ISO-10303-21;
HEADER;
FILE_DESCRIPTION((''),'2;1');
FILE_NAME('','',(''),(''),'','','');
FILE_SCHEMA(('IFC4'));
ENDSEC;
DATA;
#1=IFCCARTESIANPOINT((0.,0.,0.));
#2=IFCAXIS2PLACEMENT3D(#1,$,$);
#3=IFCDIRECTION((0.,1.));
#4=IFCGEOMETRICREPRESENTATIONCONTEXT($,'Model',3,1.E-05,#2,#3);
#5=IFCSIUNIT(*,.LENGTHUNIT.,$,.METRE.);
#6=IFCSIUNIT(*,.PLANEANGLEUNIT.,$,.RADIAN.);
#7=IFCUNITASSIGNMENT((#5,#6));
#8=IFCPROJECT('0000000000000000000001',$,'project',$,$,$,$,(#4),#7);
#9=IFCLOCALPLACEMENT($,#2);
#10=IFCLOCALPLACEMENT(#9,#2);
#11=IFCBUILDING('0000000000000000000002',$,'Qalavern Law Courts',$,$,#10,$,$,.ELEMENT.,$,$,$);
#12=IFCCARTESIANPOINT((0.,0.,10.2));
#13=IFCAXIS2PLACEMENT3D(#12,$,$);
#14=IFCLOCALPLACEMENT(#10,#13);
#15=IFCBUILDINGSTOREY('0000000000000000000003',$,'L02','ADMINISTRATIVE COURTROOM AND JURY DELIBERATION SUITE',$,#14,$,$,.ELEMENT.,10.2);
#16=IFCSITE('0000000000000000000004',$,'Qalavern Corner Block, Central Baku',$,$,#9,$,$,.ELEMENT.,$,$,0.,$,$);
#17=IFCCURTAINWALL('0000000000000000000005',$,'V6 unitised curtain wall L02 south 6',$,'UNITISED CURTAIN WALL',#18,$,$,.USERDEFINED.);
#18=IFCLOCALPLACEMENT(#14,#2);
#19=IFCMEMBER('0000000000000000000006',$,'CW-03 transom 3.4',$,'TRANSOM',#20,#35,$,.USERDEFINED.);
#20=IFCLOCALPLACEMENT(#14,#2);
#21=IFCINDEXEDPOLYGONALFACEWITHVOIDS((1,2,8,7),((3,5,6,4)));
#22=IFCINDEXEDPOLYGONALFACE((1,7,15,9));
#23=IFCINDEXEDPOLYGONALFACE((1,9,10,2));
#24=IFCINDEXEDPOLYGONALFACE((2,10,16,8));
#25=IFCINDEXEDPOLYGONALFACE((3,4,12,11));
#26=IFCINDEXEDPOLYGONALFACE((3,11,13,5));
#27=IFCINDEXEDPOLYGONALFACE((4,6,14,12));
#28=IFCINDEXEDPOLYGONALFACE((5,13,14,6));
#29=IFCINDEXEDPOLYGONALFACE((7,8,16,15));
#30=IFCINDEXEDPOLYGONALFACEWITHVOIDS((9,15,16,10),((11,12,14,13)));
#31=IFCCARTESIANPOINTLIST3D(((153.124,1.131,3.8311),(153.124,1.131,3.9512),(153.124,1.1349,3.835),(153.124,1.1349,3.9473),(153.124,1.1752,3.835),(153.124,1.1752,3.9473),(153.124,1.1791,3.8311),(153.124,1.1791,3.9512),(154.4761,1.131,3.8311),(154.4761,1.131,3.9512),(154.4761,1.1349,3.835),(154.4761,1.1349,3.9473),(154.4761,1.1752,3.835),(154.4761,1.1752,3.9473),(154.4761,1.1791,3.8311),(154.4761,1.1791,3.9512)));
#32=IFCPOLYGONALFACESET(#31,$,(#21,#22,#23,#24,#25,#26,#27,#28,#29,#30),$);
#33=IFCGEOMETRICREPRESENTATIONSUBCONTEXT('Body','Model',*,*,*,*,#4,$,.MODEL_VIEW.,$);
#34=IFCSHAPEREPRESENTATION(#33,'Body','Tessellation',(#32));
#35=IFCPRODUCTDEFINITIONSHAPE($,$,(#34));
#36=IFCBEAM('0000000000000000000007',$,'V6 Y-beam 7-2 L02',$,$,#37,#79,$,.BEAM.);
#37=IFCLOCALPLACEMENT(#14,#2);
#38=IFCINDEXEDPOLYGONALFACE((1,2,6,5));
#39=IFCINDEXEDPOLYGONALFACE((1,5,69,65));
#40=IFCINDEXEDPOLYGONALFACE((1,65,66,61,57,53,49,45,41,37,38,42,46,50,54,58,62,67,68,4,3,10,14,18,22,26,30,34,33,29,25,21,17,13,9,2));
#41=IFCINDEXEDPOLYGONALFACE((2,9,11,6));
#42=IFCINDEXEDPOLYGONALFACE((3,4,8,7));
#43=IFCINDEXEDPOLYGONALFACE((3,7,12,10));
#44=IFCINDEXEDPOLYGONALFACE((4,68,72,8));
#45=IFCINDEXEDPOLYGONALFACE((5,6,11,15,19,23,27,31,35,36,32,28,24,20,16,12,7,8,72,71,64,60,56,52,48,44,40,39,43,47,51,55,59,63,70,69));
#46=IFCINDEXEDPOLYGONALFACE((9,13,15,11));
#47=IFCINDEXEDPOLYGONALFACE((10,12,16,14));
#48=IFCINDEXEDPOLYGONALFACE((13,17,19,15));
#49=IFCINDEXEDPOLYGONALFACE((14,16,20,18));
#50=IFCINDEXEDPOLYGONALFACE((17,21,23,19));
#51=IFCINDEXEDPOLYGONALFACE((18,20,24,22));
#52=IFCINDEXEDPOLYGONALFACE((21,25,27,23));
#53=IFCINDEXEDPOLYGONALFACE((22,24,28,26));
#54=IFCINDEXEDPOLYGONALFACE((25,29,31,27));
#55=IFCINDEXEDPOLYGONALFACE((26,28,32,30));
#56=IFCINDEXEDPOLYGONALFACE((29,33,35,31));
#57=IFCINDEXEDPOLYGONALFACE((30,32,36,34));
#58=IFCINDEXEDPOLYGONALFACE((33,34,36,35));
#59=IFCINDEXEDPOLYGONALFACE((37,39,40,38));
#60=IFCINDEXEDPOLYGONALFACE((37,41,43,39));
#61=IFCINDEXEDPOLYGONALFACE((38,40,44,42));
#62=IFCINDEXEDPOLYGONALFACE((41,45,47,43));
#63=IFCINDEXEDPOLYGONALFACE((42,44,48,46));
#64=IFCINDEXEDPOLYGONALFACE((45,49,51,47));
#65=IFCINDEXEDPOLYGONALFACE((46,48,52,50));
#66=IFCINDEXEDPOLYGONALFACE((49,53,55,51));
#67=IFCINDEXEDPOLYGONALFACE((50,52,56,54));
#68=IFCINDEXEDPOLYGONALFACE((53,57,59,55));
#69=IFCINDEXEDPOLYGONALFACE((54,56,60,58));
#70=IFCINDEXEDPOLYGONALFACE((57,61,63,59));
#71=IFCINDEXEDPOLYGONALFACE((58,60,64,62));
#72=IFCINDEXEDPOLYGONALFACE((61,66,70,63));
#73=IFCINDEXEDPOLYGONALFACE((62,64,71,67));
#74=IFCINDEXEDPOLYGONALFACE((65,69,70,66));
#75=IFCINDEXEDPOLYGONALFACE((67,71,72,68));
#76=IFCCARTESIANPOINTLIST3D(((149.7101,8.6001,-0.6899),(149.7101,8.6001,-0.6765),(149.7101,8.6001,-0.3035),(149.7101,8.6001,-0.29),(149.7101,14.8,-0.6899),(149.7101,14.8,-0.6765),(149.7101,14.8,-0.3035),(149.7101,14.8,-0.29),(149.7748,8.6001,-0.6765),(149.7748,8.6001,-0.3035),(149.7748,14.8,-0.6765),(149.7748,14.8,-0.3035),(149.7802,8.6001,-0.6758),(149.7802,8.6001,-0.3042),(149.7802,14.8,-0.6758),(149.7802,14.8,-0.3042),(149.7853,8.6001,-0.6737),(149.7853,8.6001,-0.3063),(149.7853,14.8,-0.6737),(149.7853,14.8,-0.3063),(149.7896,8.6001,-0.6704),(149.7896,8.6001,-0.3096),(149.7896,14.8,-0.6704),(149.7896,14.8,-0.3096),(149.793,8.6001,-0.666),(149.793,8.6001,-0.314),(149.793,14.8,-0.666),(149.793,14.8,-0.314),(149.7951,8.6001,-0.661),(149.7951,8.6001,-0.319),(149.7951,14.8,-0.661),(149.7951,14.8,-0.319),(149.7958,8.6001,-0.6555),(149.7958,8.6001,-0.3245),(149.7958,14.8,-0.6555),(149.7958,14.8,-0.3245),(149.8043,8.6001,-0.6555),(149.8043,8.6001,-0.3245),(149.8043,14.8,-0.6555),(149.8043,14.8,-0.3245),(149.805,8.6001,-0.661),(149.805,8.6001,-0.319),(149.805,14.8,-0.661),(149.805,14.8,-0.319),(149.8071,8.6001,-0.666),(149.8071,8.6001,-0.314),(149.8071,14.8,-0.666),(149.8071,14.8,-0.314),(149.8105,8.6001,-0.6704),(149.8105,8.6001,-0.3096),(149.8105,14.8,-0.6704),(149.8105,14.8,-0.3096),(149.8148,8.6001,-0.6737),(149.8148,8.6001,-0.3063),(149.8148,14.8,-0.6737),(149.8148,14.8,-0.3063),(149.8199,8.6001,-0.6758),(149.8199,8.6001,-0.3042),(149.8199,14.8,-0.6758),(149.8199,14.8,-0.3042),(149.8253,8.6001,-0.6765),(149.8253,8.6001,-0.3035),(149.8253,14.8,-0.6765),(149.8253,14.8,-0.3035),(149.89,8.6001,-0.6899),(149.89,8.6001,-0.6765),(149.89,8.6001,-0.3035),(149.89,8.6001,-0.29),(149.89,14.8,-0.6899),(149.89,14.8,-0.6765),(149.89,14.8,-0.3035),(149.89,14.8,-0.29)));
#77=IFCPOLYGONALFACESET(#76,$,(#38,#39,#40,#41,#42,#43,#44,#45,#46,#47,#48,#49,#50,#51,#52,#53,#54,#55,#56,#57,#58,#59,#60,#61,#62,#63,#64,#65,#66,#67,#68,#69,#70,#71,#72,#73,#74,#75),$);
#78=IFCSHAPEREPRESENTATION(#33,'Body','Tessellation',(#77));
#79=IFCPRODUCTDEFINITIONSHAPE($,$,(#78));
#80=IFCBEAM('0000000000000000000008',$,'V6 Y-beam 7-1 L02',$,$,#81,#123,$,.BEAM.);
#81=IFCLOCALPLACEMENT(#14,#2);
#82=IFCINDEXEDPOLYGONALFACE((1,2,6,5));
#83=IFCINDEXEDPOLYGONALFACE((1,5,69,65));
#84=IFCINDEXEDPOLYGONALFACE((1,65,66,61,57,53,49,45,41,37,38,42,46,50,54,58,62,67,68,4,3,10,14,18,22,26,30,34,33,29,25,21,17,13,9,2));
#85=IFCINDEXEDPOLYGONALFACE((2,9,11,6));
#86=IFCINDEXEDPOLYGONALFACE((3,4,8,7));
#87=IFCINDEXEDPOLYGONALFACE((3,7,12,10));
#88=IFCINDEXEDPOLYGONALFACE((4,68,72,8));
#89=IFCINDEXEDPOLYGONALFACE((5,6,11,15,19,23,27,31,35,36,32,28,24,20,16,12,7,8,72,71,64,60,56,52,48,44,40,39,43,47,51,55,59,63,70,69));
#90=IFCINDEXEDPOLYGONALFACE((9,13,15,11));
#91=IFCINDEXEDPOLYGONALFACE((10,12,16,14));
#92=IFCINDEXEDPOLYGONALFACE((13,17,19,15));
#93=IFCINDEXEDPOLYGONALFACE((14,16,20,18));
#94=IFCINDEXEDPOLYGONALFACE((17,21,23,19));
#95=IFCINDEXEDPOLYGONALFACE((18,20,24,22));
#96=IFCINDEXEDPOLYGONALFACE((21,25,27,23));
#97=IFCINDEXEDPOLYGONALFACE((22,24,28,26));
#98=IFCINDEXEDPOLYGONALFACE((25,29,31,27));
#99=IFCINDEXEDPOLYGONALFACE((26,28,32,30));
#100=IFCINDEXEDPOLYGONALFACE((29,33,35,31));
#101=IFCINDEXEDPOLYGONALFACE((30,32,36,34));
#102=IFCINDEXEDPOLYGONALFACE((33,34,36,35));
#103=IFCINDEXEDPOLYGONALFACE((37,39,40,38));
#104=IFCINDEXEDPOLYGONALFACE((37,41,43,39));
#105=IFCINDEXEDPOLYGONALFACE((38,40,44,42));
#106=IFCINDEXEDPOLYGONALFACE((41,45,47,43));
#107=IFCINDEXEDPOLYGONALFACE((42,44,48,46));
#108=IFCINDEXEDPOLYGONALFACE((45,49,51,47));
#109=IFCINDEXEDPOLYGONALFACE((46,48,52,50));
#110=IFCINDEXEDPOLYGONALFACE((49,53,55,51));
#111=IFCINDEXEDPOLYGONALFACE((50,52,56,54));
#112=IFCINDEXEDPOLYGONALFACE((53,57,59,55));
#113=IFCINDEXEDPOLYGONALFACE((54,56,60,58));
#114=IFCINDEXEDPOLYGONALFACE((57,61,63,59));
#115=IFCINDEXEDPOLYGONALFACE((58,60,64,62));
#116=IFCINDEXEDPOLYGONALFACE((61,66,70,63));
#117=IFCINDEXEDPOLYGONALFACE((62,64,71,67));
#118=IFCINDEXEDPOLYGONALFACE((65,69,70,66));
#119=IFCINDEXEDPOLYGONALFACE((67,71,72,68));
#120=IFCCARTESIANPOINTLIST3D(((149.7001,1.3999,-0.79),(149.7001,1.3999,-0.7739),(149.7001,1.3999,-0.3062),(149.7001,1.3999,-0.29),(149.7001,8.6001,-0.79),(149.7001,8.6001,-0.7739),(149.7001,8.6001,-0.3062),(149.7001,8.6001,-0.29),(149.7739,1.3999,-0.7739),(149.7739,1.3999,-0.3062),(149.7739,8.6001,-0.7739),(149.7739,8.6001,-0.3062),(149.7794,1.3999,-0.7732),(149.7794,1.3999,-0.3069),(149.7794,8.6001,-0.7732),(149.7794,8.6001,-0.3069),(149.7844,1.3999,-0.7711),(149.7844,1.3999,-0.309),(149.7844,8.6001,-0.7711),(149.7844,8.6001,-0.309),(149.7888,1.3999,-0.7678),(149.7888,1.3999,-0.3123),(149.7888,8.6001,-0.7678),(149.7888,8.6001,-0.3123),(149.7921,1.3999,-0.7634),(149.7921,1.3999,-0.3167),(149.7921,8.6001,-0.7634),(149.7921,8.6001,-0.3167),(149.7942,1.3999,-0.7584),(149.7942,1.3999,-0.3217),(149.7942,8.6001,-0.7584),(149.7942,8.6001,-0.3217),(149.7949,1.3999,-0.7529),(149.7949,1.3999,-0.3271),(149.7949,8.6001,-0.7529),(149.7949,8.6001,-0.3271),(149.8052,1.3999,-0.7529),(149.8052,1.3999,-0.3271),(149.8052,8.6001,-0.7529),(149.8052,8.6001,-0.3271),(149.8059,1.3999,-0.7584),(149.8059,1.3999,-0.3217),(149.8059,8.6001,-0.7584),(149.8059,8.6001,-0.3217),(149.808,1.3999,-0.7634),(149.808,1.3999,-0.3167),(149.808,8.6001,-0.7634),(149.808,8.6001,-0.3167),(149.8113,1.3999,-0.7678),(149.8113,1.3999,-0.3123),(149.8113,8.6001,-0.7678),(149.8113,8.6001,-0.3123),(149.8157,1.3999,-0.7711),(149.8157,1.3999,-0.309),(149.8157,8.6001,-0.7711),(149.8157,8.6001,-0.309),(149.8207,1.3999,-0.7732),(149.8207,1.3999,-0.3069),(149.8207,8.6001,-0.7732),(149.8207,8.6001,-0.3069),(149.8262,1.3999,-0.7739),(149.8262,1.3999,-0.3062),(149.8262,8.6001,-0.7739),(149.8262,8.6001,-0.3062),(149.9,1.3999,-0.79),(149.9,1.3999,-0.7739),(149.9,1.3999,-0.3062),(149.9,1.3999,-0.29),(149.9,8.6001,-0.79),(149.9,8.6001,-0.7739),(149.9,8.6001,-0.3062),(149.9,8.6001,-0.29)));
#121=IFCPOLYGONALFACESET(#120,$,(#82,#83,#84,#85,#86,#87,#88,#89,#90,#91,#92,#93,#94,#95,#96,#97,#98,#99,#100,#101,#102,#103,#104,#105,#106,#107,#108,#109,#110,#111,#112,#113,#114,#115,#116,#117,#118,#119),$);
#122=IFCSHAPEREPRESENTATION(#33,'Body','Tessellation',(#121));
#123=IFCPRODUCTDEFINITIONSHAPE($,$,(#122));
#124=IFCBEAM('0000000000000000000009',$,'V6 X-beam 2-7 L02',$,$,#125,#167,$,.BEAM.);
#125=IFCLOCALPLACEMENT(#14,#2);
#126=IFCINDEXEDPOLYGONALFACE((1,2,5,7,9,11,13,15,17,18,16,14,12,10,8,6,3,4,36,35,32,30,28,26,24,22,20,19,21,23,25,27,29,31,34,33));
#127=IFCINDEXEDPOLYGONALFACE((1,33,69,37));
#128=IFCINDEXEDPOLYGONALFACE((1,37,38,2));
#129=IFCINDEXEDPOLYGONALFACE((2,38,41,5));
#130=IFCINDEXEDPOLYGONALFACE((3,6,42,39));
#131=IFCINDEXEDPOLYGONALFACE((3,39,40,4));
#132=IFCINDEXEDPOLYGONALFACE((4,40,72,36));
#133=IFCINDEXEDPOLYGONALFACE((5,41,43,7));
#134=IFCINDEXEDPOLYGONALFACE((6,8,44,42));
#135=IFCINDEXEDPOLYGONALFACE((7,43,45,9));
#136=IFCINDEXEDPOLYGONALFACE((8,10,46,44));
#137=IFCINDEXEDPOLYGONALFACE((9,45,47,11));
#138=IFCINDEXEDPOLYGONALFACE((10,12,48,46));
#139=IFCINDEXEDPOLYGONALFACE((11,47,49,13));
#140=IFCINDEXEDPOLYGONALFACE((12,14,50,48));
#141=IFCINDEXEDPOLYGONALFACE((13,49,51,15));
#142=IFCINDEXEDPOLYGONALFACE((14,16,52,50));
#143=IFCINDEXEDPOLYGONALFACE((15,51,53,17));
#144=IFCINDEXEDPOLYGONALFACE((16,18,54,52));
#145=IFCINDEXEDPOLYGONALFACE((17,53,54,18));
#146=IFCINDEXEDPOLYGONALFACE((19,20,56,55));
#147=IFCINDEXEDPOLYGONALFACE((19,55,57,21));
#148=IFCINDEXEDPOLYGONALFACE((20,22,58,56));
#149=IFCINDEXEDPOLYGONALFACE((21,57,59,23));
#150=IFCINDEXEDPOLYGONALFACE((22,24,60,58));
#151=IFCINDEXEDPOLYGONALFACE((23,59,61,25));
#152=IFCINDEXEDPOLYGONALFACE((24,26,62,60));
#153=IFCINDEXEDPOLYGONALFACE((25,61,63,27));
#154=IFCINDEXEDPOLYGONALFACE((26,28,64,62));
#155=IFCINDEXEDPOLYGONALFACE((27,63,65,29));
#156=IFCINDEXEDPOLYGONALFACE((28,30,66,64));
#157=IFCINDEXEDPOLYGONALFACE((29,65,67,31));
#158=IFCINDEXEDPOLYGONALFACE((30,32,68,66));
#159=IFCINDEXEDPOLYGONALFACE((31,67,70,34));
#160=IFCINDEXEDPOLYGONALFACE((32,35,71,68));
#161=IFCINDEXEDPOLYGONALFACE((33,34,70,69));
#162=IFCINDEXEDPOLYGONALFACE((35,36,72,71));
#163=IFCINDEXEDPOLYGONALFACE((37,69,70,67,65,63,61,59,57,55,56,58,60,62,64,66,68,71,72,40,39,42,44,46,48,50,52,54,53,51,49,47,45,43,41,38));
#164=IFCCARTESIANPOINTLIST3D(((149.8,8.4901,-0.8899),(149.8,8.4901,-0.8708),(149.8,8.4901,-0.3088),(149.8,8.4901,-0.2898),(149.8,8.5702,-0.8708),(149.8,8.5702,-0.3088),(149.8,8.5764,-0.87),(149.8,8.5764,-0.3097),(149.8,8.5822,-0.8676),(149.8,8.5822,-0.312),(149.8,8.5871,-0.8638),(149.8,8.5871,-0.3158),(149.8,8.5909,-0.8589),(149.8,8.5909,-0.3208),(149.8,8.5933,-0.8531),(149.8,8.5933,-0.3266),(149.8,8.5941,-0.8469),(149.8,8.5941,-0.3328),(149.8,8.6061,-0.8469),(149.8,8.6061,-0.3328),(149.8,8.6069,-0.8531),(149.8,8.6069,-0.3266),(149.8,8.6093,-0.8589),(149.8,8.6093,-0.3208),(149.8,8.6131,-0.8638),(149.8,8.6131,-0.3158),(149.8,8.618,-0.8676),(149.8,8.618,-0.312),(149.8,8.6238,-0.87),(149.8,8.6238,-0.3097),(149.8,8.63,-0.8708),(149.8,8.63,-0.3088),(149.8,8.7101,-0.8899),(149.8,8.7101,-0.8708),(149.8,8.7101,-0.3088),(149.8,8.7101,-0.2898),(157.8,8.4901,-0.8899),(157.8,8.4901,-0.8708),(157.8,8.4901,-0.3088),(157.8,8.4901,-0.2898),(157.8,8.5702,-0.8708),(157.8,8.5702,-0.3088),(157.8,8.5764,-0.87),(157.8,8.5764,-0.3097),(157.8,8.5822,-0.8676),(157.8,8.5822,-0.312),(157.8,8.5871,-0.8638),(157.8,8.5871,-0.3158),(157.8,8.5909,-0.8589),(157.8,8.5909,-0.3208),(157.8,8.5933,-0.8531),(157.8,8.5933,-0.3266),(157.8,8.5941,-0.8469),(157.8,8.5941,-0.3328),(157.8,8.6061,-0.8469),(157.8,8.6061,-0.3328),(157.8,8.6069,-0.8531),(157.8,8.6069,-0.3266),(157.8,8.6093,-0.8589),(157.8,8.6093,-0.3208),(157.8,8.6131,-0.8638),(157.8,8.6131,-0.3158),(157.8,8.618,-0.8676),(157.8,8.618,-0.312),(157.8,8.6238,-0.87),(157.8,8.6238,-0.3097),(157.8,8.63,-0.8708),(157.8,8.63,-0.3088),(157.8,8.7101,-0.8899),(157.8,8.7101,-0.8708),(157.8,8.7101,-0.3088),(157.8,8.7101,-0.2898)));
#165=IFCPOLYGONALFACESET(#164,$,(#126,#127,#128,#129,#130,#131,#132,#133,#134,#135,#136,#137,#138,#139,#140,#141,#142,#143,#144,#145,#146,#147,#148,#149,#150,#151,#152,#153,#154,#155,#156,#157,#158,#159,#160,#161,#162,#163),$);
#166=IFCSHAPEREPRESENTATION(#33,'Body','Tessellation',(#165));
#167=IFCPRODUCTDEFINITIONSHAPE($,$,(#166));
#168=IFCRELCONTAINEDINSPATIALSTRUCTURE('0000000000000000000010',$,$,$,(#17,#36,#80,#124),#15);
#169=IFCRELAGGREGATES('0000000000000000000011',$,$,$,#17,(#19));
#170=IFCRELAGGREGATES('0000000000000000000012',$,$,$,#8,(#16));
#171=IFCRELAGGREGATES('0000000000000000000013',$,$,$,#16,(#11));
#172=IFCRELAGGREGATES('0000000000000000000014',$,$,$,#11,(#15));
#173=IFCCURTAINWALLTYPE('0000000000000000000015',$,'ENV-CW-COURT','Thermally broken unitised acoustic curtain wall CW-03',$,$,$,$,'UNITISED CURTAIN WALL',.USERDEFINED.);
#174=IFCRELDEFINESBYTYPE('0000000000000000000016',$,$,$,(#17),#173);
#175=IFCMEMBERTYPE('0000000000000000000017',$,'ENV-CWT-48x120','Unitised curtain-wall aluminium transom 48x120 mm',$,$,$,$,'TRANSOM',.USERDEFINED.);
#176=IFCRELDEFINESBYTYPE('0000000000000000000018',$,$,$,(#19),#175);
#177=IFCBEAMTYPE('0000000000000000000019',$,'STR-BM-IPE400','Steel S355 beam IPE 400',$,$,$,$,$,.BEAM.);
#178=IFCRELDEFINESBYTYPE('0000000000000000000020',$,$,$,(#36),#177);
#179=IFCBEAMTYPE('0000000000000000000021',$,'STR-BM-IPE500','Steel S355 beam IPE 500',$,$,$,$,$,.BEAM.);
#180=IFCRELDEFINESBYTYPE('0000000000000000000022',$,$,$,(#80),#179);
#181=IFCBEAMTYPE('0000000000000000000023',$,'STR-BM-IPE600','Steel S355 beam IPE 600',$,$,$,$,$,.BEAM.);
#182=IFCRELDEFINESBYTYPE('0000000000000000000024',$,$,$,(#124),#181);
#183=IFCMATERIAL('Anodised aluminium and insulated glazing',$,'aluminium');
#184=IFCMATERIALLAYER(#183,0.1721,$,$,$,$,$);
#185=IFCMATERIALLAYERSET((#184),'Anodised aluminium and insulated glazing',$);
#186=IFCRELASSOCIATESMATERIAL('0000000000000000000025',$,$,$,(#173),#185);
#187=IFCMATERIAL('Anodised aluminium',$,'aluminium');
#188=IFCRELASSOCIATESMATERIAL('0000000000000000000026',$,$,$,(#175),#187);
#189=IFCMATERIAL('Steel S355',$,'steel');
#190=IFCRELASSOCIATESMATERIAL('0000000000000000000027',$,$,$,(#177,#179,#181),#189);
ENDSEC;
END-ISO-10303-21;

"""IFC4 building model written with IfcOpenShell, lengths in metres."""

from ifc_helpers import new_model, si_unit, direction, frame, origin, origin_2d, place, context, subcontext, project, spatial, hollow_rectangle, i_section, extrude, material, layer, layer_set, material_profile, profile_set, type_object, element, aggregate, save


model = new_model("IFC4")

# Units and contexts
model_context = context("Model", 3, precision=1e-05, world=origin(), true_north=direction((0.0, 1.0)))
body_context = subcontext(model_context, "Body", "Model", "MODEL_VIEW")
ifc_project = project(units=[si_unit("LENGTHUNIT", "METRE"), si_unit("PLANEANGLEUNIT", "RADIAN")], contexts=[model_context])

# Site, building, storey
site_placement = place(None, origin())
site = spatial("IfcSite", under=ifc_project, at=site_placement, Name="Qalavern Corner Block, Central Baku", CompositionType="ELEMENT", RefElevation=0.0)
building_placement = place(site_placement, origin())
building = spatial("IfcBuilding", under=site, at=building_placement, Name="Qalavern Law Courts", CompositionType="ELEMENT")
storey_placement = place(building_placement, frame((0.0, 0.0, 10.2)))
storey = spatial("IfcBuildingStorey", under=building, at=storey_placement, Name="L02", Description="ADMINISTRATIVE COURTROOM AND JURY DELIBERATION SUITE", CompositionType="ELEMENT", Elevation=10.2)

# Curtain wall, member
ifc_material_1 = material(Name="Anodised aluminium and insulated glazing", Category="aluminium")
ifc_layer_1 = layer(ifc_material_1, 0.1721)
ifc_layer_set_1 = layer_set([ifc_layer_1], Name="Anodised aluminium and insulated glazing")
curtain_wall_type = type_object("IfcCurtainWallType", Name="ENV-CW-COURT", Description="Thermally broken unitised acoustic curtain wall CW-03", ElementType="UNITISED CURTAIN WALL", PredefinedType="USERDEFINED", material=ifc_layer_set_1)
curtain_wall_placement = place(storey_placement, origin())
curtain_wall = element("IfcCurtainWall", 1, at=curtain_wall_placement, inside=storey, type_object=curtain_wall_type, Name="V6 unitised curtain wall L02 south 6", ObjectType="UNITISED CURTAIN WALL", PredefinedType="USERDEFINED")
ifc_material_2 = material(Name="Anodised aluminium", Category="aluminium")
ifc_material_profile_1 = material_profile(ifc_material_2, hollow_rectangle(XDim=0.0481, YDim=0.1201, WallThickness=0.0039, at=origin_2d()), Name="ALU TRANSOM 48x120")
ifc_profile_set_1 = profile_set([ifc_material_profile_1], Name="Anodised aluminium")
member_type_1 = type_object("IfcMemberType", Name="ENV-CWT-48x120", Description="Unitised curtain-wall aluminium transom 48x120 mm", ElementType="TRANSOM", PredefinedType="USERDEFINED", material=ifc_profile_set_1)
member_1_placement = place(storey_placement, frame((153.124, 1.155, 3.8911), z_axis=(1.0, 0.0, 0.0), x_axis=(0.0, 1.0, 0.0)))
member_1 = element("IfcMember", 2, at=member_1_placement, type_object=member_type_1, Name="CW-03 transom 3.4", ObjectType="TRANSOM", PredefinedType="USERDEFINED", context=body_context, shape_type="SweptSolid", body=[
    extrude(hollow_rectangle(XDim=0.0481, YDim=0.1201, WallThickness=0.0039, at=origin_2d()), origin(), (0.0, 0.0, 1.0), 1.3521),
])

# Beams
ifc_material_3 = material(Name="Steel S355", Category="steel")
ifc_material_profile_2 = material_profile(ifc_material_3, i_section(OverallWidth=0.1799, OverallDepth=0.3999, WebThickness=0.0085, FlangeThickness=0.0134, FilletRadius=0.021, at=origin_2d()), Name="IPE 400")
ifc_profile_set_2 = profile_set([ifc_material_profile_2], Name="Steel S355")
beam_type_1 = type_object("IfcBeamType", Name="STR-BM-IPE400", Description="Steel S355 beam IPE 400", PredefinedType="BEAM", material=ifc_profile_set_2)
beam_1_placement = place(storey_placement, frame((149.8, 8.6001, -0.49), z_axis=(0.0, 1.0, 0.0), x_axis=(-1.0, 0.0, 0.0)))
element("IfcBeam", 3, at=beam_1_placement, inside=storey, type_object=beam_type_1, Name="V6 Y-beam 7-2 L02", PredefinedType="BEAM", context=body_context, shape_type="SweptSolid", body=[
    extrude(i_section(OverallWidth=0.1799, OverallDepth=0.3999, WebThickness=0.0085, FlangeThickness=0.0134, FilletRadius=0.021, at=origin_2d()), origin(), (0.0, 0.0, 1.0), 6.2),
])
ifc_material_profile_3 = material_profile(ifc_material_3, i_section(OverallWidth=0.2, OverallDepth=0.5, WebThickness=0.0103, FlangeThickness=0.0161, FilletRadius=0.021, at=origin_2d()), Name="IPE 500")
ifc_profile_set_3 = profile_set([ifc_material_profile_3], Name="Steel S355")
beam_type_2 = type_object("IfcBeamType", Name="STR-BM-IPE500", Description="Steel S355 beam IPE 500", PredefinedType="BEAM", material=ifc_profile_set_3)
beam_2_placement = place(storey_placement, frame((149.8, 1.3999, -0.54), z_axis=(0.0, 1.0, 0.0), x_axis=(-1.0, 0.0, 0.0)))
element("IfcBeam", 4, at=beam_2_placement, inside=storey, type_object=beam_type_2, Name="V6 Y-beam 7-1 L02", PredefinedType="BEAM", context=body_context, shape_type="SweptSolid", body=[
    extrude(i_section(OverallWidth=0.2, OverallDepth=0.5, WebThickness=0.0103, FlangeThickness=0.0161, FilletRadius=0.021, at=origin_2d()), origin(), (0.0, 0.0, 1.0), 7.2002),
])
ifc_material_profile_4 = material_profile(ifc_material_3, i_section(OverallWidth=0.22, OverallDepth=0.6001, WebThickness=0.012, FlangeThickness=0.019, FilletRadius=0.0239, at=origin_2d()), Name="IPE 600")
ifc_profile_set_4 = profile_set([ifc_material_profile_4], Name="Steel S355")
beam_type_3 = type_object("IfcBeamType", Name="STR-BM-IPE600", Description="Steel S355 beam IPE 600", PredefinedType="BEAM", material=ifc_profile_set_4)
beam_3_placement = place(storey_placement, frame((149.8, 8.6001, -0.5898), z_axis=(1.0, 0.0, 0.0), x_axis=(0.0, 1.0, 0.0)))
element("IfcBeam", 5, at=beam_3_placement, inside=storey, type_object=beam_type_3, Name="V6 X-beam 2-7 L02", PredefinedType="BEAM", context=body_context, shape_type="SweptSolid", body=[
    extrude(i_section(OverallWidth=0.22, OverallDepth=0.6001, WebThickness=0.012, FlangeThickness=0.019, FilletRadius=0.0239, at=origin_2d()), origin(), (0.0, 0.0, 1.0), 8.0),
])

aggregate(curtain_wall, [member_1])

save(model, "model.ifc")
